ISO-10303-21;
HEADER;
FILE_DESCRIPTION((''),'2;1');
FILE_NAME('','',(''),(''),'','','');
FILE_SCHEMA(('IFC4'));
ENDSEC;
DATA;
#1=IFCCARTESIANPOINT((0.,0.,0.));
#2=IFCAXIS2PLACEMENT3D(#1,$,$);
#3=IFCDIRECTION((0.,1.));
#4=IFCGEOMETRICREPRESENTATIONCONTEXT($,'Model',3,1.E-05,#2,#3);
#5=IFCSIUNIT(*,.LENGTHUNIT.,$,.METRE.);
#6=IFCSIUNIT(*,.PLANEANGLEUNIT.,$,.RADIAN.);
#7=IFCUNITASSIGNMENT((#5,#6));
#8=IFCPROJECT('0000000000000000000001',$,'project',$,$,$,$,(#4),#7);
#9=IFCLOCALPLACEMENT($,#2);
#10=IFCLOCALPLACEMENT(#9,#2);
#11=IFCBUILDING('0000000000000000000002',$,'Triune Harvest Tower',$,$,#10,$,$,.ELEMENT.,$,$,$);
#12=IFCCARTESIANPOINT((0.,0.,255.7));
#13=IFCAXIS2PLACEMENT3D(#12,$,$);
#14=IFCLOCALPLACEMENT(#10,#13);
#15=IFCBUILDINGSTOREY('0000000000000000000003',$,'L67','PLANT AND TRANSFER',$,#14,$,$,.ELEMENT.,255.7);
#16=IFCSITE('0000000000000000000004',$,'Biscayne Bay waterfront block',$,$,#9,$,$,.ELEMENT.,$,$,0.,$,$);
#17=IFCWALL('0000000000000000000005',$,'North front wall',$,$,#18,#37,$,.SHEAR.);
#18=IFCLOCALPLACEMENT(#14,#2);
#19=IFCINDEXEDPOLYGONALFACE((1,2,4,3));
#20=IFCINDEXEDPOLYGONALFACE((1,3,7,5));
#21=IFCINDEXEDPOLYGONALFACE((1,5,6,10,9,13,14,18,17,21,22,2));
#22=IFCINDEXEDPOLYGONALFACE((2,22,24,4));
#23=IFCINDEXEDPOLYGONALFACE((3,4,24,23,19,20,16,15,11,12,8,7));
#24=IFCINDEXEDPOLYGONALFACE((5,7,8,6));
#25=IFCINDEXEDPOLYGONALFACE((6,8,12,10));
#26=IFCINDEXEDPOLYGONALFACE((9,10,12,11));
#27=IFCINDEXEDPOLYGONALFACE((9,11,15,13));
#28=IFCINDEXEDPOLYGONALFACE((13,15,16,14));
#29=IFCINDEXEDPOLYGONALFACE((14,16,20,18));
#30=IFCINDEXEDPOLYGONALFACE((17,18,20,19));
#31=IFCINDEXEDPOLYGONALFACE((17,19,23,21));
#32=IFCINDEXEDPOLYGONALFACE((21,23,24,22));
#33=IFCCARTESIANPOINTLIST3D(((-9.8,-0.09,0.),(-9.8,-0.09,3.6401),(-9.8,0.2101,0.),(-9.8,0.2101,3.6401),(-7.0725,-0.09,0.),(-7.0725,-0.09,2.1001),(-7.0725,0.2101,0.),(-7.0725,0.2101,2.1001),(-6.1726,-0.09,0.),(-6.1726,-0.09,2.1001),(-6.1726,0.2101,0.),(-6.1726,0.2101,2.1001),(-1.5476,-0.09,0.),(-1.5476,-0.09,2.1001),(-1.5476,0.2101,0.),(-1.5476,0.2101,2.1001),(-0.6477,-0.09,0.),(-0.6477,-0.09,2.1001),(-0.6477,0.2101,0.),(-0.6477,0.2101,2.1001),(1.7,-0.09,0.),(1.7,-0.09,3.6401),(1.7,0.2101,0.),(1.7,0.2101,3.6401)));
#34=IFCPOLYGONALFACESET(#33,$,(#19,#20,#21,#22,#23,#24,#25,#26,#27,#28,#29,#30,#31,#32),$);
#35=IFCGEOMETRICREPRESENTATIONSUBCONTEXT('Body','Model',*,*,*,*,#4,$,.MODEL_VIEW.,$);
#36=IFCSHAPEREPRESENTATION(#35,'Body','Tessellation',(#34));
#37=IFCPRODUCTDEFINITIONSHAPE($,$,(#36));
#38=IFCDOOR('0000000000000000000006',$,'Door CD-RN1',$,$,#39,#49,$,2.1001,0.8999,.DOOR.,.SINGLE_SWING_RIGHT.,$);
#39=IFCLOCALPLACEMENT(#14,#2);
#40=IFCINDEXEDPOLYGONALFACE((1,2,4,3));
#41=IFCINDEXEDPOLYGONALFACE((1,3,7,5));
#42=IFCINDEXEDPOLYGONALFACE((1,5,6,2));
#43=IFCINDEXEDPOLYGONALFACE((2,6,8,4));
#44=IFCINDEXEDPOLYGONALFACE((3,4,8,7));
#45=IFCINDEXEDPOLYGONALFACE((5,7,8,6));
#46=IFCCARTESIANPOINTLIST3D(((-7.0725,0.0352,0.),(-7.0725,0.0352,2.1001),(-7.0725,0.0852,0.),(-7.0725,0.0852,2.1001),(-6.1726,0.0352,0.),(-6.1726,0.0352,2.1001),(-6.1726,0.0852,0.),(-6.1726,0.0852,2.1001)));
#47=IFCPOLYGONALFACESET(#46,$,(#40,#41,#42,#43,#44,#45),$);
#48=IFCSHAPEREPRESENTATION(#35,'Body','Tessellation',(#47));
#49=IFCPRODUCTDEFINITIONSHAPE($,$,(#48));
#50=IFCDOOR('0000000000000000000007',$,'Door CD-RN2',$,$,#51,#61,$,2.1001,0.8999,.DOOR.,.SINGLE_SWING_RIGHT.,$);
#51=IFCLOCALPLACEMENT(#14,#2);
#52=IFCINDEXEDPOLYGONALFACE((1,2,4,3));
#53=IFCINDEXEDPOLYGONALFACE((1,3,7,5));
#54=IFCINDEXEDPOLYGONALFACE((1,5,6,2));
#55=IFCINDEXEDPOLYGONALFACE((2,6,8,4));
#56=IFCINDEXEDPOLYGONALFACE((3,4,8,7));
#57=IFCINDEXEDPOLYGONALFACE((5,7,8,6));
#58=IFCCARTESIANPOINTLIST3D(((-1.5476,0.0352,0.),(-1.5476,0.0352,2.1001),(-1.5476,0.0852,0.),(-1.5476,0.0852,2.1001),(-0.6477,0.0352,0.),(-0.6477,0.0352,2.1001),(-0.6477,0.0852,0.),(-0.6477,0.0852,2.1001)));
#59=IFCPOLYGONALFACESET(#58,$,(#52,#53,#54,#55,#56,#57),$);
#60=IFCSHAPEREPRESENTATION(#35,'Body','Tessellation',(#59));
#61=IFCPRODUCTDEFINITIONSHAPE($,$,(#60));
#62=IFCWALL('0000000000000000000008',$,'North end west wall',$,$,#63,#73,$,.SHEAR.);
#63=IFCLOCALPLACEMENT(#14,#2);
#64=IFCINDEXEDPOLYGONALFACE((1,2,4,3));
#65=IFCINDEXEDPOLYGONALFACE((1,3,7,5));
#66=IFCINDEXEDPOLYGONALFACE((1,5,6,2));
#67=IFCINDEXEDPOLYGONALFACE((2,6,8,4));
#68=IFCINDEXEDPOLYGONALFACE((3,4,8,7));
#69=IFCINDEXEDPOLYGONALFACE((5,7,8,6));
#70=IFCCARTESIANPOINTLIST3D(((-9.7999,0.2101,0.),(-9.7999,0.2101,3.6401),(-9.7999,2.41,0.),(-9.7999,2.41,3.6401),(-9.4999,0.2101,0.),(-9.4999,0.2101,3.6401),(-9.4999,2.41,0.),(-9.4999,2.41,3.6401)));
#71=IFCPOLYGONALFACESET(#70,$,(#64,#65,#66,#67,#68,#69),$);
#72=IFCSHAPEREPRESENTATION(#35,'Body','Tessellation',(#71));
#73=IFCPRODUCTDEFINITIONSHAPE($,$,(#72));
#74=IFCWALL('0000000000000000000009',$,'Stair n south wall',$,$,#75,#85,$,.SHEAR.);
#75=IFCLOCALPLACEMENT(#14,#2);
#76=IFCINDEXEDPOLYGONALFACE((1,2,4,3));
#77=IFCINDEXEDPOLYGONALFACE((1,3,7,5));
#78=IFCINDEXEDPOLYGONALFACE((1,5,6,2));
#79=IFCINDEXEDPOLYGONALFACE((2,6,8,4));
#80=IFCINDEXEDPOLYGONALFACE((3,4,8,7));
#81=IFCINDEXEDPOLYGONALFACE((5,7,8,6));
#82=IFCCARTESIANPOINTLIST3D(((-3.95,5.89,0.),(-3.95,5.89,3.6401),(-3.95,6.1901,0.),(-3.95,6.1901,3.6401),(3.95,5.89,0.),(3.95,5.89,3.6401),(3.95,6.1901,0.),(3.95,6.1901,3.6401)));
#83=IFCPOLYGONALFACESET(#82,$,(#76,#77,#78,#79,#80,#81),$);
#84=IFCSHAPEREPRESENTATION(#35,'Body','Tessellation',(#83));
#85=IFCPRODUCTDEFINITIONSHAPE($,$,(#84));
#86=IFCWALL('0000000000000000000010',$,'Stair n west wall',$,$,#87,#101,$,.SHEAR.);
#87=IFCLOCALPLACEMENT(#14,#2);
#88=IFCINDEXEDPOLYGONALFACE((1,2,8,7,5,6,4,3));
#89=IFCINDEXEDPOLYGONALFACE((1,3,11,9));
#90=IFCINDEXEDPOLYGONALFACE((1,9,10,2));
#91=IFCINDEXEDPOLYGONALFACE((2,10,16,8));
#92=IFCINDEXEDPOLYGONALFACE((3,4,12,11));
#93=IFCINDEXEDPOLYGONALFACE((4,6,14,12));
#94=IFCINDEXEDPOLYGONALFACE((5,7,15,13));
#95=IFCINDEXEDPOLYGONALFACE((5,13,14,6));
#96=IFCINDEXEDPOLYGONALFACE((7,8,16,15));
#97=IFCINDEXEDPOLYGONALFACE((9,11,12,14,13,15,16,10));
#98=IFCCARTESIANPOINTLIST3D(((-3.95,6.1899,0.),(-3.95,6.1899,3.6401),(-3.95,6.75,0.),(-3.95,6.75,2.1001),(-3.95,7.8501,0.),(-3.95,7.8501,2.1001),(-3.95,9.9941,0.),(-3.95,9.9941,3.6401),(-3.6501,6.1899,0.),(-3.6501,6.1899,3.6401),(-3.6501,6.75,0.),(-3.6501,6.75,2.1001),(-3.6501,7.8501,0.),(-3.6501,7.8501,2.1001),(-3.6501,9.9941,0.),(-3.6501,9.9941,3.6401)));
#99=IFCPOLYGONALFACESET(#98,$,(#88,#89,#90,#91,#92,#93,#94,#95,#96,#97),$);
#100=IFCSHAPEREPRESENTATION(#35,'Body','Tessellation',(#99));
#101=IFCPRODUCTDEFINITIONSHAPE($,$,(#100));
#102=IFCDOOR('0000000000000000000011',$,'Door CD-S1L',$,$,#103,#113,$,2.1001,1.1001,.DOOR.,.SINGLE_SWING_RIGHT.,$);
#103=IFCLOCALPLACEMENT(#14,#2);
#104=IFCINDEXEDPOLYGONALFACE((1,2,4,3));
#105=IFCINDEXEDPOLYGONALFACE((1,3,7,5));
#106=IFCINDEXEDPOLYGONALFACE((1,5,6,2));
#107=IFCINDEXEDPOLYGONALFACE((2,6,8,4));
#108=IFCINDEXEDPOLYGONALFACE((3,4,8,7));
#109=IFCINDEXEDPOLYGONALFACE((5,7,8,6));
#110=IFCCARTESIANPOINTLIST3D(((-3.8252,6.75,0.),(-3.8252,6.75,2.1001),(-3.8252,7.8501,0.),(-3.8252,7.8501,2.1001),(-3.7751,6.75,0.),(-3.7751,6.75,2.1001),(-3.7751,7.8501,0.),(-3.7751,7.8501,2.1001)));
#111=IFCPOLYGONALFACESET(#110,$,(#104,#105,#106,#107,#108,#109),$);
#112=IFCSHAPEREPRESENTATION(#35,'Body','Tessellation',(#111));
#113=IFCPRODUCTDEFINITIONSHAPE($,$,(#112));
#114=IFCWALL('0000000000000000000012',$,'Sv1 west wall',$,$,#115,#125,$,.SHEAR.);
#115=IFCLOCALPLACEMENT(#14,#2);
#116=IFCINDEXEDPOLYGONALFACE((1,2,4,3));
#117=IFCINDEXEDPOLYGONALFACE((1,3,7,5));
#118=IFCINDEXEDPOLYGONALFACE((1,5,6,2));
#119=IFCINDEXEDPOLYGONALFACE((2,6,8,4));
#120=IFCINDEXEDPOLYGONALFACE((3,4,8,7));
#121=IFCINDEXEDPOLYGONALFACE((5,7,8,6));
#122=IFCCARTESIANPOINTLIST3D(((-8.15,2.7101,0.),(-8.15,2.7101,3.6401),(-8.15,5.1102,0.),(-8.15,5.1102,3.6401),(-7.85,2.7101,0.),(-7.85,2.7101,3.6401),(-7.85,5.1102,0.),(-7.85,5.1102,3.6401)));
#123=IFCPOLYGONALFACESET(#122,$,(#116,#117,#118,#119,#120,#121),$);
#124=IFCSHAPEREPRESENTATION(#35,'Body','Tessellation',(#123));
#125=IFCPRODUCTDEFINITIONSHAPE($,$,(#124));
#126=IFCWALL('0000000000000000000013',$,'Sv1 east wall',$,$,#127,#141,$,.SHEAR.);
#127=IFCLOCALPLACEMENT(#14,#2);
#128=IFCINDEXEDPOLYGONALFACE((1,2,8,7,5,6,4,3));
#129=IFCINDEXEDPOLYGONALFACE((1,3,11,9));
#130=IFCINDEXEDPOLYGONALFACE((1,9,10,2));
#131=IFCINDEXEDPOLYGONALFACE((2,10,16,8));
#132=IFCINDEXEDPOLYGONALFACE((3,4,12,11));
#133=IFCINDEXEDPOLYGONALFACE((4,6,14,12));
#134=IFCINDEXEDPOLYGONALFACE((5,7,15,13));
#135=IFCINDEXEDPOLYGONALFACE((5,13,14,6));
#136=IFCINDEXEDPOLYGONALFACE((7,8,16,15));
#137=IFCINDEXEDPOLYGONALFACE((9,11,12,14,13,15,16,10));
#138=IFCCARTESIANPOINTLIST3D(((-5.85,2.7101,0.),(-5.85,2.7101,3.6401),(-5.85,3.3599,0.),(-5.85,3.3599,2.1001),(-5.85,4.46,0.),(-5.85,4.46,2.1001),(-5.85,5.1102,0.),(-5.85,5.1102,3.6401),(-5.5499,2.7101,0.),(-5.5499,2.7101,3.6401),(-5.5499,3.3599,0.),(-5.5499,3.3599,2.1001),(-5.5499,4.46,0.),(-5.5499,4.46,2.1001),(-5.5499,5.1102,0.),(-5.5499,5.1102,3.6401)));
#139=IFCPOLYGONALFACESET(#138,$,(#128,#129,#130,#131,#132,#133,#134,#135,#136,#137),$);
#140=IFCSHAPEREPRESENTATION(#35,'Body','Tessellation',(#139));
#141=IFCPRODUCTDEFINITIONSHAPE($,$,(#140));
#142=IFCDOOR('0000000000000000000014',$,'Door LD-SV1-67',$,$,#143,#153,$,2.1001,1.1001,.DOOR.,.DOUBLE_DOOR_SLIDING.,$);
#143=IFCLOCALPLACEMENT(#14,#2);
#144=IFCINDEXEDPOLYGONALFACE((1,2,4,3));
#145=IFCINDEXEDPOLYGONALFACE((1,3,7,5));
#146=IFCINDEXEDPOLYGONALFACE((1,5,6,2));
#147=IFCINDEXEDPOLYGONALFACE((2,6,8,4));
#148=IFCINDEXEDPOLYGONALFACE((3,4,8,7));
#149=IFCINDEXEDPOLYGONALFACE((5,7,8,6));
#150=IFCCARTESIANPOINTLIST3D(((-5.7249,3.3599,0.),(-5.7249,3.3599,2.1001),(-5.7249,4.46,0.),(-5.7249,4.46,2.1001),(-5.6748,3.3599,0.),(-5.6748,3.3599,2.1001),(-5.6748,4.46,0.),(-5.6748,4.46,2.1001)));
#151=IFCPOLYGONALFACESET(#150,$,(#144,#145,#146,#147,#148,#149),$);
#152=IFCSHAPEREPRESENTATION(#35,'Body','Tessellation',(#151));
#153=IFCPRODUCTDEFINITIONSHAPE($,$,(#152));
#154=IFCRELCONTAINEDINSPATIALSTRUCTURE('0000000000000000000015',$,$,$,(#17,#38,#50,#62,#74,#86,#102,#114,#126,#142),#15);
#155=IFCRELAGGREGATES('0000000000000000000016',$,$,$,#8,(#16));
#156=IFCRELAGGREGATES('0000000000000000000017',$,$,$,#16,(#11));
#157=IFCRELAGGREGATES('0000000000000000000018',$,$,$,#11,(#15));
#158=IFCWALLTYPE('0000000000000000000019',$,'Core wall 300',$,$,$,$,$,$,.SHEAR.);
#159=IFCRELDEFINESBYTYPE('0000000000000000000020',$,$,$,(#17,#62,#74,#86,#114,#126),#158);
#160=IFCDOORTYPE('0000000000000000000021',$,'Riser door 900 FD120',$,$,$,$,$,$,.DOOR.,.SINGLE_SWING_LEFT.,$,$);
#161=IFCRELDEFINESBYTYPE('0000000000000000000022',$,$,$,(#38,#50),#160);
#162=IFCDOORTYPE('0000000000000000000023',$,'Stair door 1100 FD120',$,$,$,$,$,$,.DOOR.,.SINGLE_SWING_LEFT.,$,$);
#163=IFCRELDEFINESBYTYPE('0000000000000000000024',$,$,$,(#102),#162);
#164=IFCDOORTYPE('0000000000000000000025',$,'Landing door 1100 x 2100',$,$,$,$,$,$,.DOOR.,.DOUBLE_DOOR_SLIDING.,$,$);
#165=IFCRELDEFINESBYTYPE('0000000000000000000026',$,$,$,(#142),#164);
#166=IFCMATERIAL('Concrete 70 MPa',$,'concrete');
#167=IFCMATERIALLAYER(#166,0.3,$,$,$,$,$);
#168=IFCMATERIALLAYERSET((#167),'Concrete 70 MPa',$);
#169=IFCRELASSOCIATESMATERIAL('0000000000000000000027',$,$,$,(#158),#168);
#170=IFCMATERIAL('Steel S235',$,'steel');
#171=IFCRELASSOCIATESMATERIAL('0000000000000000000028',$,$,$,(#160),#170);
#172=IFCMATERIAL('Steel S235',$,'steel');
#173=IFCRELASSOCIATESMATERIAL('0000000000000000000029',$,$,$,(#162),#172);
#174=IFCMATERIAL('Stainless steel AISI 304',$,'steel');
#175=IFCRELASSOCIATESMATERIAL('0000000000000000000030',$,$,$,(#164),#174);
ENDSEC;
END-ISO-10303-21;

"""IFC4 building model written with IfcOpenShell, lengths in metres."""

from ifc_helpers import new_model, si_unit, direction, frame, frame_2d, origin, place, context, subcontext, project, spatial, polyline, rectangle, outline, extrude, source, transform, mapped, material, layer, layer_set, type_object, element, fill, save


model = new_model("IFC4")

# Units and contexts
model_context = context("Model", 3, precision=1e-05, world=origin(), true_north=direction((0.0, 1.0)))
body_context = subcontext(model_context, "Body", "Model", "MODEL_VIEW")
ifc_project = project(units=[si_unit("LENGTHUNIT", "METRE"), si_unit("PLANEANGLEUNIT", "RADIAN")], contexts=[model_context])

# Site, building, storey
site_placement = place(None, origin())
site = spatial("IfcSite", under=ifc_project, at=site_placement, Name="Biscayne Bay waterfront block", CompositionType="ELEMENT", RefElevation=0.0)
building_placement = place(site_placement, origin())
building = spatial("IfcBuilding", under=site, at=building_placement, Name="Triune Harvest Tower", CompositionType="ELEMENT")
storey_placement = place(building_placement, frame((0.0, 0.0, 255.7)))
storey = spatial("IfcBuildingStorey", under=building, at=storey_placement, Name="L67", Description="PLANT AND TRANSFER", CompositionType="ELEMENT", Elevation=255.7)

# Wall, openings, doors
ifc_material_1 = material(Name="Concrete 70 MPa", Category="concrete")
ifc_layer_1 = layer(ifc_material_1, 0.3)
ifc_layer_set_1 = layer_set([ifc_layer_1], Name="Concrete 70 MPa")
wall_type_1 = type_object("IfcWallType", Name="Core wall 300", PredefinedType="SHEAR", material=ifc_layer_set_1)
shared_shape_1 = source(origin(), body_context, "Body", "SweptSolid", [
    extrude(rectangle(XDim=11.5, YDim=0.3, at=frame_2d((5.75, 0.0))), origin(), (0.0, 0.0, 1.0), 3.6401),
])
wall_1_placement = place(storey_placement, frame((-9.8, 0.0601, 0.0), z_axis=(0.0, 0.0, 1.0), x_axis=(1.0, 0.0, 0.0)))
wall_1 = element("IfcWall", 1, at=wall_1_placement, inside=storey, type_object=wall_type_1, Name="North front wall", PredefinedType="SHEAR", context=body_context, shape_type="MappedRepresentation", body=[
    mapped(shared_shape_1, transform((0.0, 0.0, 0.0), scale=1.0)),
])
opening_1_placement = place(wall_1_placement, frame((2.7275, 0.0, 0.0)))
opening_1 = element("IfcOpeningElement", 2, at=opening_1_placement, cuts=wall_1, PredefinedType="OPENING", context=body_context, shape_type="SweptSolid", body=[
    extrude(rectangle(XDim=0.8999, YDim=2.1001, at=frame_2d((0.45, 1.05))), frame((0.0, 0.1602, 0.0), z_axis=(0.0, -1.0, 0.0), x_axis=(1.0, 0.0, 0.0)), (0.0, 0.0, 1.0), 0.3201),
])
opening_2_placement = place(wall_1_placement, frame((8.2524, 0.0, 0.0)))
opening_2 = element("IfcOpeningElement", 3, at=opening_2_placement, cuts=wall_1, PredefinedType="OPENING", context=body_context, shape_type="SweptSolid", body=[
    extrude(rectangle(XDim=0.8999, YDim=2.1001, at=frame_2d((0.45, 1.05))), frame((0.0, 0.1602, 0.0), z_axis=(0.0, -1.0, 0.0), x_axis=(1.0, 0.0, 0.0)), (0.0, 0.0, 1.0), 0.3201),
])
ifc_material_2 = material(Name="Steel S235", Category="steel")
door_type_1 = type_object("IfcDoorType", Name="Riser door 900 FD120", OperationType="SINGLE_SWING_LEFT", PredefinedType="DOOR", material=ifc_material_2)
door_1_placement = place(opening_1_placement, frame((0.8999, 0.0, 0.0), z_axis=(0.0, 0.0, 1.0), x_axis=(-1.0, 0.0, 0.0)))
door_1 = element("IfcDoor", 4, at=door_1_placement, inside=storey, type_object=door_type_1, Name="Door CD-RN1", OperationType="SINGLE_SWING_RIGHT", OverallHeight=2.1001, OverallWidth=0.8999, PredefinedType="DOOR", context=body_context, shape_type="SweptSolid", body=[
    extrude(rectangle(XDim=0.8999, YDim=2.1001, at=frame_2d((0.45, 1.05))), frame((0.0, 0.0249, 0.0), z_axis=(0.0, -1.0, 0.0), x_axis=(1.0, 0.0, 0.0)), (0.0, 0.0, 1.0), 0.05),
])
fill(opening_1, door_1)
door_2_placement = place(opening_2_placement, frame((0.8999, 0.0, 0.0), z_axis=(0.0, 0.0, 1.0), x_axis=(-1.0, 0.0, 0.0)))
door_2 = element("IfcDoor", 5, at=door_2_placement, inside=storey, type_object=door_type_1, Name="Door CD-RN2", OperationType="SINGLE_SWING_RIGHT", OverallHeight=2.1001, OverallWidth=0.8999, PredefinedType="DOOR", context=body_context, shape_type="SweptSolid", body=[
    extrude(rectangle(XDim=0.8999, YDim=2.1001, at=frame_2d((0.45, 1.05))), frame((0.0, 0.0249, 0.0), z_axis=(0.0, -1.0, 0.0), x_axis=(1.0, 0.0, 0.0)), (0.0, 0.0, 1.0), 0.05),
])
fill(opening_2, door_2)

# Walls
shared_shape_2 = source(origin(), body_context, "Body", "SweptSolid", [
    extrude(rectangle(XDim=2.2, YDim=0.3, at=frame_2d((1.1001, 0.0))), origin(), (0.0, 0.0, 1.0), 3.6401),
])
wall_2_placement = place(storey_placement, frame((-9.6499, 0.21, 0.0), z_axis=(0.0, 0.0, 1.0), x_axis=(0.0, 1.0, 0.0)))
element("IfcWall", 6, at=wall_2_placement, inside=storey, type_object=wall_type_1, Name="North end west wall", PredefinedType="SHEAR", context=body_context, shape_type="MappedRepresentation", body=[
    mapped(shared_shape_2, transform((0.0, 0.0, 0.0), scale=1.0)),
])
shared_shape_3 = source(origin(), body_context, "Body", "SweptSolid", [
    extrude(rectangle(XDim=7.8999, YDim=0.3, at=frame_2d((3.95, 0.0))), origin(), (0.0, 0.0, 1.0), 3.6401),
])
wall_3_placement = place(storey_placement, frame((-3.95, 6.04, 0.0), z_axis=(0.0, 0.0, 1.0), x_axis=(1.0, 0.0, 0.0)))
element("IfcWall", 7, at=wall_3_placement, inside=storey, type_object=wall_type_1, Name="Stair n south wall", PredefinedType="SHEAR", context=body_context, shape_type="MappedRepresentation", body=[
    mapped(shared_shape_3, transform((0.0, 0.0, 0.0), scale=1.0)),
])

# Wall, opening, door
shared_shape_4 = source(origin(), body_context, "Body", "SweptSolid", [
    extrude(outline(polyline([(0.0, -0.1499), (0.0, 0.1499), (3.8042, 0.1499), (3.8042, -0.1499), (0.0, -0.1499)])), origin(), (0.0, 0.0, 1.0), 3.6401),
])
wall_4_placement = place(storey_placement, frame((-3.8, 6.1899, 0.0), z_axis=(0.0, 0.0, 1.0), x_axis=(0.0, 1.0, 0.0)))
wall_4 = element("IfcWall", 8, at=wall_4_placement, inside=storey, type_object=wall_type_1, Name="Stair n west wall", PredefinedType="SHEAR", context=body_context, shape_type="MappedRepresentation", body=[
    mapped(shared_shape_4, transform((0.0, 0.0, 0.0), scale=1.0)),
])
opening_3_placement = place(wall_4_placement, frame((0.5601, 0.0, 0.0)))
opening_3 = element("IfcOpeningElement", 9, at=opening_3_placement, cuts=wall_4, PredefinedType="OPENING", context=body_context, shape_type="SweptSolid", body=[
    extrude(rectangle(XDim=1.1001, YDim=2.1001, at=frame_2d((0.55, 1.05))), frame((0.0, 0.1602, 0.0), z_axis=(0.0, -1.0, 0.0), x_axis=(1.0, 0.0, 0.0)), (0.0, 0.0, 1.0), 0.3201),
])
ifc_material_3 = material(Name="Steel S235", Category="steel")
door_type_2 = type_object("IfcDoorType", Name="Stair door 1100 FD120", OperationType="SINGLE_SWING_LEFT", PredefinedType="DOOR", material=ifc_material_3)
door_3_placement = place(opening_3_placement, frame((1.1001, 0.0, 0.0), z_axis=(0.0, 0.0, 1.0), x_axis=(-1.0, 0.0, 0.0)))
door_3 = element("IfcDoor", 10, at=door_3_placement, inside=storey, type_object=door_type_2, Name="Door CD-S1L", OperationType="SINGLE_SWING_RIGHT", OverallHeight=2.1001, OverallWidth=1.1001, PredefinedType="DOOR", context=body_context, shape_type="SweptSolid", body=[
    extrude(rectangle(XDim=1.1001, YDim=2.1001, at=frame_2d((0.55, 1.05))), frame((0.0, 0.0249, 0.0), z_axis=(0.0, -1.0, 0.0), x_axis=(1.0, 0.0, 0.0)), (0.0, 0.0, 1.0), 0.05),
])
fill(opening_3, door_3)

# Wall
shared_shape_5 = source(origin(), body_context, "Body", "SweptSolid", [
    extrude(rectangle(XDim=2.4001, YDim=0.3, at=frame_2d((1.2002, 0.0))), origin(), (0.0, 0.0, 1.0), 3.6401),
])
wall_5_placement = place(storey_placement, frame((-8.0, 2.71, 0.0), z_axis=(0.0, 0.0, 1.0), x_axis=(0.0, 1.0, 0.0)))
element("IfcWall", 11, at=wall_5_placement, inside=storey, type_object=wall_type_1, Name="Sv1 west wall", PredefinedType="SHEAR", context=body_context, shape_type="MappedRepresentation", body=[
    mapped(shared_shape_5, transform((0.0, 0.0, 0.0), scale=1.0)),
])

# Wall, opening, door
wall_6_placement = place(storey_placement, frame((-5.7, 2.71, 0.0), z_axis=(0.0, 0.0, 1.0), x_axis=(0.0, 1.0, 0.0)))
wall_6 = element("IfcWall", 12, at=wall_6_placement, inside=storey, type_object=wall_type_1, Name="Sv1 east wall", PredefinedType="SHEAR", context=body_context, shape_type="MappedRepresentation", body=[
    mapped(shared_shape_5, transform((0.0, 0.0, 0.0), scale=1.0)),
])
opening_4_placement = place(wall_6_placement, frame((0.6499, 0.0, 0.0)))
opening_4 = element("IfcOpeningElement", 13, at=opening_4_placement, cuts=wall_6, PredefinedType="OPENING", context=body_context, shape_type="SweptSolid", body=[
    extrude(rectangle(XDim=1.1001, YDim=2.1001, at=frame_2d((0.55, 1.05))), frame((0.0, 0.1602, 0.0), z_axis=(0.0, -1.0, 0.0), x_axis=(1.0, 0.0, 0.0)), (0.0, 0.0, 1.0), 0.3201),
])
ifc_material_4 = material(Name="Stainless steel AISI 304", Category="steel")
door_type_3 = type_object("IfcDoorType", Name="Landing door 1100 x 2100", OperationType="DOUBLE_DOOR_SLIDING", PredefinedType="DOOR", material=ifc_material_4)
door_4_placement = place(opening_4_placement, origin())
door_4 = element("IfcDoor", 14, at=door_4_placement, inside=storey, type_object=door_type_3, Name="Door LD-SV1-67", OperationType="DOUBLE_DOOR_SLIDING", OverallHeight=2.1001, OverallWidth=1.1001, PredefinedType="DOOR", context=body_context, shape_type="SweptSolid", body=[
    extrude(rectangle(XDim=1.1001, YDim=2.1001, at=frame_2d((0.55, 1.05))), frame((0.0, 0.0249, 0.0), z_axis=(0.0, -1.0, 0.0), x_axis=(1.0, 0.0, 0.0)), (0.0, 0.0, 1.0), 0.05),
])
fill(opening_4, door_4)

save(model, "model.ifc")
